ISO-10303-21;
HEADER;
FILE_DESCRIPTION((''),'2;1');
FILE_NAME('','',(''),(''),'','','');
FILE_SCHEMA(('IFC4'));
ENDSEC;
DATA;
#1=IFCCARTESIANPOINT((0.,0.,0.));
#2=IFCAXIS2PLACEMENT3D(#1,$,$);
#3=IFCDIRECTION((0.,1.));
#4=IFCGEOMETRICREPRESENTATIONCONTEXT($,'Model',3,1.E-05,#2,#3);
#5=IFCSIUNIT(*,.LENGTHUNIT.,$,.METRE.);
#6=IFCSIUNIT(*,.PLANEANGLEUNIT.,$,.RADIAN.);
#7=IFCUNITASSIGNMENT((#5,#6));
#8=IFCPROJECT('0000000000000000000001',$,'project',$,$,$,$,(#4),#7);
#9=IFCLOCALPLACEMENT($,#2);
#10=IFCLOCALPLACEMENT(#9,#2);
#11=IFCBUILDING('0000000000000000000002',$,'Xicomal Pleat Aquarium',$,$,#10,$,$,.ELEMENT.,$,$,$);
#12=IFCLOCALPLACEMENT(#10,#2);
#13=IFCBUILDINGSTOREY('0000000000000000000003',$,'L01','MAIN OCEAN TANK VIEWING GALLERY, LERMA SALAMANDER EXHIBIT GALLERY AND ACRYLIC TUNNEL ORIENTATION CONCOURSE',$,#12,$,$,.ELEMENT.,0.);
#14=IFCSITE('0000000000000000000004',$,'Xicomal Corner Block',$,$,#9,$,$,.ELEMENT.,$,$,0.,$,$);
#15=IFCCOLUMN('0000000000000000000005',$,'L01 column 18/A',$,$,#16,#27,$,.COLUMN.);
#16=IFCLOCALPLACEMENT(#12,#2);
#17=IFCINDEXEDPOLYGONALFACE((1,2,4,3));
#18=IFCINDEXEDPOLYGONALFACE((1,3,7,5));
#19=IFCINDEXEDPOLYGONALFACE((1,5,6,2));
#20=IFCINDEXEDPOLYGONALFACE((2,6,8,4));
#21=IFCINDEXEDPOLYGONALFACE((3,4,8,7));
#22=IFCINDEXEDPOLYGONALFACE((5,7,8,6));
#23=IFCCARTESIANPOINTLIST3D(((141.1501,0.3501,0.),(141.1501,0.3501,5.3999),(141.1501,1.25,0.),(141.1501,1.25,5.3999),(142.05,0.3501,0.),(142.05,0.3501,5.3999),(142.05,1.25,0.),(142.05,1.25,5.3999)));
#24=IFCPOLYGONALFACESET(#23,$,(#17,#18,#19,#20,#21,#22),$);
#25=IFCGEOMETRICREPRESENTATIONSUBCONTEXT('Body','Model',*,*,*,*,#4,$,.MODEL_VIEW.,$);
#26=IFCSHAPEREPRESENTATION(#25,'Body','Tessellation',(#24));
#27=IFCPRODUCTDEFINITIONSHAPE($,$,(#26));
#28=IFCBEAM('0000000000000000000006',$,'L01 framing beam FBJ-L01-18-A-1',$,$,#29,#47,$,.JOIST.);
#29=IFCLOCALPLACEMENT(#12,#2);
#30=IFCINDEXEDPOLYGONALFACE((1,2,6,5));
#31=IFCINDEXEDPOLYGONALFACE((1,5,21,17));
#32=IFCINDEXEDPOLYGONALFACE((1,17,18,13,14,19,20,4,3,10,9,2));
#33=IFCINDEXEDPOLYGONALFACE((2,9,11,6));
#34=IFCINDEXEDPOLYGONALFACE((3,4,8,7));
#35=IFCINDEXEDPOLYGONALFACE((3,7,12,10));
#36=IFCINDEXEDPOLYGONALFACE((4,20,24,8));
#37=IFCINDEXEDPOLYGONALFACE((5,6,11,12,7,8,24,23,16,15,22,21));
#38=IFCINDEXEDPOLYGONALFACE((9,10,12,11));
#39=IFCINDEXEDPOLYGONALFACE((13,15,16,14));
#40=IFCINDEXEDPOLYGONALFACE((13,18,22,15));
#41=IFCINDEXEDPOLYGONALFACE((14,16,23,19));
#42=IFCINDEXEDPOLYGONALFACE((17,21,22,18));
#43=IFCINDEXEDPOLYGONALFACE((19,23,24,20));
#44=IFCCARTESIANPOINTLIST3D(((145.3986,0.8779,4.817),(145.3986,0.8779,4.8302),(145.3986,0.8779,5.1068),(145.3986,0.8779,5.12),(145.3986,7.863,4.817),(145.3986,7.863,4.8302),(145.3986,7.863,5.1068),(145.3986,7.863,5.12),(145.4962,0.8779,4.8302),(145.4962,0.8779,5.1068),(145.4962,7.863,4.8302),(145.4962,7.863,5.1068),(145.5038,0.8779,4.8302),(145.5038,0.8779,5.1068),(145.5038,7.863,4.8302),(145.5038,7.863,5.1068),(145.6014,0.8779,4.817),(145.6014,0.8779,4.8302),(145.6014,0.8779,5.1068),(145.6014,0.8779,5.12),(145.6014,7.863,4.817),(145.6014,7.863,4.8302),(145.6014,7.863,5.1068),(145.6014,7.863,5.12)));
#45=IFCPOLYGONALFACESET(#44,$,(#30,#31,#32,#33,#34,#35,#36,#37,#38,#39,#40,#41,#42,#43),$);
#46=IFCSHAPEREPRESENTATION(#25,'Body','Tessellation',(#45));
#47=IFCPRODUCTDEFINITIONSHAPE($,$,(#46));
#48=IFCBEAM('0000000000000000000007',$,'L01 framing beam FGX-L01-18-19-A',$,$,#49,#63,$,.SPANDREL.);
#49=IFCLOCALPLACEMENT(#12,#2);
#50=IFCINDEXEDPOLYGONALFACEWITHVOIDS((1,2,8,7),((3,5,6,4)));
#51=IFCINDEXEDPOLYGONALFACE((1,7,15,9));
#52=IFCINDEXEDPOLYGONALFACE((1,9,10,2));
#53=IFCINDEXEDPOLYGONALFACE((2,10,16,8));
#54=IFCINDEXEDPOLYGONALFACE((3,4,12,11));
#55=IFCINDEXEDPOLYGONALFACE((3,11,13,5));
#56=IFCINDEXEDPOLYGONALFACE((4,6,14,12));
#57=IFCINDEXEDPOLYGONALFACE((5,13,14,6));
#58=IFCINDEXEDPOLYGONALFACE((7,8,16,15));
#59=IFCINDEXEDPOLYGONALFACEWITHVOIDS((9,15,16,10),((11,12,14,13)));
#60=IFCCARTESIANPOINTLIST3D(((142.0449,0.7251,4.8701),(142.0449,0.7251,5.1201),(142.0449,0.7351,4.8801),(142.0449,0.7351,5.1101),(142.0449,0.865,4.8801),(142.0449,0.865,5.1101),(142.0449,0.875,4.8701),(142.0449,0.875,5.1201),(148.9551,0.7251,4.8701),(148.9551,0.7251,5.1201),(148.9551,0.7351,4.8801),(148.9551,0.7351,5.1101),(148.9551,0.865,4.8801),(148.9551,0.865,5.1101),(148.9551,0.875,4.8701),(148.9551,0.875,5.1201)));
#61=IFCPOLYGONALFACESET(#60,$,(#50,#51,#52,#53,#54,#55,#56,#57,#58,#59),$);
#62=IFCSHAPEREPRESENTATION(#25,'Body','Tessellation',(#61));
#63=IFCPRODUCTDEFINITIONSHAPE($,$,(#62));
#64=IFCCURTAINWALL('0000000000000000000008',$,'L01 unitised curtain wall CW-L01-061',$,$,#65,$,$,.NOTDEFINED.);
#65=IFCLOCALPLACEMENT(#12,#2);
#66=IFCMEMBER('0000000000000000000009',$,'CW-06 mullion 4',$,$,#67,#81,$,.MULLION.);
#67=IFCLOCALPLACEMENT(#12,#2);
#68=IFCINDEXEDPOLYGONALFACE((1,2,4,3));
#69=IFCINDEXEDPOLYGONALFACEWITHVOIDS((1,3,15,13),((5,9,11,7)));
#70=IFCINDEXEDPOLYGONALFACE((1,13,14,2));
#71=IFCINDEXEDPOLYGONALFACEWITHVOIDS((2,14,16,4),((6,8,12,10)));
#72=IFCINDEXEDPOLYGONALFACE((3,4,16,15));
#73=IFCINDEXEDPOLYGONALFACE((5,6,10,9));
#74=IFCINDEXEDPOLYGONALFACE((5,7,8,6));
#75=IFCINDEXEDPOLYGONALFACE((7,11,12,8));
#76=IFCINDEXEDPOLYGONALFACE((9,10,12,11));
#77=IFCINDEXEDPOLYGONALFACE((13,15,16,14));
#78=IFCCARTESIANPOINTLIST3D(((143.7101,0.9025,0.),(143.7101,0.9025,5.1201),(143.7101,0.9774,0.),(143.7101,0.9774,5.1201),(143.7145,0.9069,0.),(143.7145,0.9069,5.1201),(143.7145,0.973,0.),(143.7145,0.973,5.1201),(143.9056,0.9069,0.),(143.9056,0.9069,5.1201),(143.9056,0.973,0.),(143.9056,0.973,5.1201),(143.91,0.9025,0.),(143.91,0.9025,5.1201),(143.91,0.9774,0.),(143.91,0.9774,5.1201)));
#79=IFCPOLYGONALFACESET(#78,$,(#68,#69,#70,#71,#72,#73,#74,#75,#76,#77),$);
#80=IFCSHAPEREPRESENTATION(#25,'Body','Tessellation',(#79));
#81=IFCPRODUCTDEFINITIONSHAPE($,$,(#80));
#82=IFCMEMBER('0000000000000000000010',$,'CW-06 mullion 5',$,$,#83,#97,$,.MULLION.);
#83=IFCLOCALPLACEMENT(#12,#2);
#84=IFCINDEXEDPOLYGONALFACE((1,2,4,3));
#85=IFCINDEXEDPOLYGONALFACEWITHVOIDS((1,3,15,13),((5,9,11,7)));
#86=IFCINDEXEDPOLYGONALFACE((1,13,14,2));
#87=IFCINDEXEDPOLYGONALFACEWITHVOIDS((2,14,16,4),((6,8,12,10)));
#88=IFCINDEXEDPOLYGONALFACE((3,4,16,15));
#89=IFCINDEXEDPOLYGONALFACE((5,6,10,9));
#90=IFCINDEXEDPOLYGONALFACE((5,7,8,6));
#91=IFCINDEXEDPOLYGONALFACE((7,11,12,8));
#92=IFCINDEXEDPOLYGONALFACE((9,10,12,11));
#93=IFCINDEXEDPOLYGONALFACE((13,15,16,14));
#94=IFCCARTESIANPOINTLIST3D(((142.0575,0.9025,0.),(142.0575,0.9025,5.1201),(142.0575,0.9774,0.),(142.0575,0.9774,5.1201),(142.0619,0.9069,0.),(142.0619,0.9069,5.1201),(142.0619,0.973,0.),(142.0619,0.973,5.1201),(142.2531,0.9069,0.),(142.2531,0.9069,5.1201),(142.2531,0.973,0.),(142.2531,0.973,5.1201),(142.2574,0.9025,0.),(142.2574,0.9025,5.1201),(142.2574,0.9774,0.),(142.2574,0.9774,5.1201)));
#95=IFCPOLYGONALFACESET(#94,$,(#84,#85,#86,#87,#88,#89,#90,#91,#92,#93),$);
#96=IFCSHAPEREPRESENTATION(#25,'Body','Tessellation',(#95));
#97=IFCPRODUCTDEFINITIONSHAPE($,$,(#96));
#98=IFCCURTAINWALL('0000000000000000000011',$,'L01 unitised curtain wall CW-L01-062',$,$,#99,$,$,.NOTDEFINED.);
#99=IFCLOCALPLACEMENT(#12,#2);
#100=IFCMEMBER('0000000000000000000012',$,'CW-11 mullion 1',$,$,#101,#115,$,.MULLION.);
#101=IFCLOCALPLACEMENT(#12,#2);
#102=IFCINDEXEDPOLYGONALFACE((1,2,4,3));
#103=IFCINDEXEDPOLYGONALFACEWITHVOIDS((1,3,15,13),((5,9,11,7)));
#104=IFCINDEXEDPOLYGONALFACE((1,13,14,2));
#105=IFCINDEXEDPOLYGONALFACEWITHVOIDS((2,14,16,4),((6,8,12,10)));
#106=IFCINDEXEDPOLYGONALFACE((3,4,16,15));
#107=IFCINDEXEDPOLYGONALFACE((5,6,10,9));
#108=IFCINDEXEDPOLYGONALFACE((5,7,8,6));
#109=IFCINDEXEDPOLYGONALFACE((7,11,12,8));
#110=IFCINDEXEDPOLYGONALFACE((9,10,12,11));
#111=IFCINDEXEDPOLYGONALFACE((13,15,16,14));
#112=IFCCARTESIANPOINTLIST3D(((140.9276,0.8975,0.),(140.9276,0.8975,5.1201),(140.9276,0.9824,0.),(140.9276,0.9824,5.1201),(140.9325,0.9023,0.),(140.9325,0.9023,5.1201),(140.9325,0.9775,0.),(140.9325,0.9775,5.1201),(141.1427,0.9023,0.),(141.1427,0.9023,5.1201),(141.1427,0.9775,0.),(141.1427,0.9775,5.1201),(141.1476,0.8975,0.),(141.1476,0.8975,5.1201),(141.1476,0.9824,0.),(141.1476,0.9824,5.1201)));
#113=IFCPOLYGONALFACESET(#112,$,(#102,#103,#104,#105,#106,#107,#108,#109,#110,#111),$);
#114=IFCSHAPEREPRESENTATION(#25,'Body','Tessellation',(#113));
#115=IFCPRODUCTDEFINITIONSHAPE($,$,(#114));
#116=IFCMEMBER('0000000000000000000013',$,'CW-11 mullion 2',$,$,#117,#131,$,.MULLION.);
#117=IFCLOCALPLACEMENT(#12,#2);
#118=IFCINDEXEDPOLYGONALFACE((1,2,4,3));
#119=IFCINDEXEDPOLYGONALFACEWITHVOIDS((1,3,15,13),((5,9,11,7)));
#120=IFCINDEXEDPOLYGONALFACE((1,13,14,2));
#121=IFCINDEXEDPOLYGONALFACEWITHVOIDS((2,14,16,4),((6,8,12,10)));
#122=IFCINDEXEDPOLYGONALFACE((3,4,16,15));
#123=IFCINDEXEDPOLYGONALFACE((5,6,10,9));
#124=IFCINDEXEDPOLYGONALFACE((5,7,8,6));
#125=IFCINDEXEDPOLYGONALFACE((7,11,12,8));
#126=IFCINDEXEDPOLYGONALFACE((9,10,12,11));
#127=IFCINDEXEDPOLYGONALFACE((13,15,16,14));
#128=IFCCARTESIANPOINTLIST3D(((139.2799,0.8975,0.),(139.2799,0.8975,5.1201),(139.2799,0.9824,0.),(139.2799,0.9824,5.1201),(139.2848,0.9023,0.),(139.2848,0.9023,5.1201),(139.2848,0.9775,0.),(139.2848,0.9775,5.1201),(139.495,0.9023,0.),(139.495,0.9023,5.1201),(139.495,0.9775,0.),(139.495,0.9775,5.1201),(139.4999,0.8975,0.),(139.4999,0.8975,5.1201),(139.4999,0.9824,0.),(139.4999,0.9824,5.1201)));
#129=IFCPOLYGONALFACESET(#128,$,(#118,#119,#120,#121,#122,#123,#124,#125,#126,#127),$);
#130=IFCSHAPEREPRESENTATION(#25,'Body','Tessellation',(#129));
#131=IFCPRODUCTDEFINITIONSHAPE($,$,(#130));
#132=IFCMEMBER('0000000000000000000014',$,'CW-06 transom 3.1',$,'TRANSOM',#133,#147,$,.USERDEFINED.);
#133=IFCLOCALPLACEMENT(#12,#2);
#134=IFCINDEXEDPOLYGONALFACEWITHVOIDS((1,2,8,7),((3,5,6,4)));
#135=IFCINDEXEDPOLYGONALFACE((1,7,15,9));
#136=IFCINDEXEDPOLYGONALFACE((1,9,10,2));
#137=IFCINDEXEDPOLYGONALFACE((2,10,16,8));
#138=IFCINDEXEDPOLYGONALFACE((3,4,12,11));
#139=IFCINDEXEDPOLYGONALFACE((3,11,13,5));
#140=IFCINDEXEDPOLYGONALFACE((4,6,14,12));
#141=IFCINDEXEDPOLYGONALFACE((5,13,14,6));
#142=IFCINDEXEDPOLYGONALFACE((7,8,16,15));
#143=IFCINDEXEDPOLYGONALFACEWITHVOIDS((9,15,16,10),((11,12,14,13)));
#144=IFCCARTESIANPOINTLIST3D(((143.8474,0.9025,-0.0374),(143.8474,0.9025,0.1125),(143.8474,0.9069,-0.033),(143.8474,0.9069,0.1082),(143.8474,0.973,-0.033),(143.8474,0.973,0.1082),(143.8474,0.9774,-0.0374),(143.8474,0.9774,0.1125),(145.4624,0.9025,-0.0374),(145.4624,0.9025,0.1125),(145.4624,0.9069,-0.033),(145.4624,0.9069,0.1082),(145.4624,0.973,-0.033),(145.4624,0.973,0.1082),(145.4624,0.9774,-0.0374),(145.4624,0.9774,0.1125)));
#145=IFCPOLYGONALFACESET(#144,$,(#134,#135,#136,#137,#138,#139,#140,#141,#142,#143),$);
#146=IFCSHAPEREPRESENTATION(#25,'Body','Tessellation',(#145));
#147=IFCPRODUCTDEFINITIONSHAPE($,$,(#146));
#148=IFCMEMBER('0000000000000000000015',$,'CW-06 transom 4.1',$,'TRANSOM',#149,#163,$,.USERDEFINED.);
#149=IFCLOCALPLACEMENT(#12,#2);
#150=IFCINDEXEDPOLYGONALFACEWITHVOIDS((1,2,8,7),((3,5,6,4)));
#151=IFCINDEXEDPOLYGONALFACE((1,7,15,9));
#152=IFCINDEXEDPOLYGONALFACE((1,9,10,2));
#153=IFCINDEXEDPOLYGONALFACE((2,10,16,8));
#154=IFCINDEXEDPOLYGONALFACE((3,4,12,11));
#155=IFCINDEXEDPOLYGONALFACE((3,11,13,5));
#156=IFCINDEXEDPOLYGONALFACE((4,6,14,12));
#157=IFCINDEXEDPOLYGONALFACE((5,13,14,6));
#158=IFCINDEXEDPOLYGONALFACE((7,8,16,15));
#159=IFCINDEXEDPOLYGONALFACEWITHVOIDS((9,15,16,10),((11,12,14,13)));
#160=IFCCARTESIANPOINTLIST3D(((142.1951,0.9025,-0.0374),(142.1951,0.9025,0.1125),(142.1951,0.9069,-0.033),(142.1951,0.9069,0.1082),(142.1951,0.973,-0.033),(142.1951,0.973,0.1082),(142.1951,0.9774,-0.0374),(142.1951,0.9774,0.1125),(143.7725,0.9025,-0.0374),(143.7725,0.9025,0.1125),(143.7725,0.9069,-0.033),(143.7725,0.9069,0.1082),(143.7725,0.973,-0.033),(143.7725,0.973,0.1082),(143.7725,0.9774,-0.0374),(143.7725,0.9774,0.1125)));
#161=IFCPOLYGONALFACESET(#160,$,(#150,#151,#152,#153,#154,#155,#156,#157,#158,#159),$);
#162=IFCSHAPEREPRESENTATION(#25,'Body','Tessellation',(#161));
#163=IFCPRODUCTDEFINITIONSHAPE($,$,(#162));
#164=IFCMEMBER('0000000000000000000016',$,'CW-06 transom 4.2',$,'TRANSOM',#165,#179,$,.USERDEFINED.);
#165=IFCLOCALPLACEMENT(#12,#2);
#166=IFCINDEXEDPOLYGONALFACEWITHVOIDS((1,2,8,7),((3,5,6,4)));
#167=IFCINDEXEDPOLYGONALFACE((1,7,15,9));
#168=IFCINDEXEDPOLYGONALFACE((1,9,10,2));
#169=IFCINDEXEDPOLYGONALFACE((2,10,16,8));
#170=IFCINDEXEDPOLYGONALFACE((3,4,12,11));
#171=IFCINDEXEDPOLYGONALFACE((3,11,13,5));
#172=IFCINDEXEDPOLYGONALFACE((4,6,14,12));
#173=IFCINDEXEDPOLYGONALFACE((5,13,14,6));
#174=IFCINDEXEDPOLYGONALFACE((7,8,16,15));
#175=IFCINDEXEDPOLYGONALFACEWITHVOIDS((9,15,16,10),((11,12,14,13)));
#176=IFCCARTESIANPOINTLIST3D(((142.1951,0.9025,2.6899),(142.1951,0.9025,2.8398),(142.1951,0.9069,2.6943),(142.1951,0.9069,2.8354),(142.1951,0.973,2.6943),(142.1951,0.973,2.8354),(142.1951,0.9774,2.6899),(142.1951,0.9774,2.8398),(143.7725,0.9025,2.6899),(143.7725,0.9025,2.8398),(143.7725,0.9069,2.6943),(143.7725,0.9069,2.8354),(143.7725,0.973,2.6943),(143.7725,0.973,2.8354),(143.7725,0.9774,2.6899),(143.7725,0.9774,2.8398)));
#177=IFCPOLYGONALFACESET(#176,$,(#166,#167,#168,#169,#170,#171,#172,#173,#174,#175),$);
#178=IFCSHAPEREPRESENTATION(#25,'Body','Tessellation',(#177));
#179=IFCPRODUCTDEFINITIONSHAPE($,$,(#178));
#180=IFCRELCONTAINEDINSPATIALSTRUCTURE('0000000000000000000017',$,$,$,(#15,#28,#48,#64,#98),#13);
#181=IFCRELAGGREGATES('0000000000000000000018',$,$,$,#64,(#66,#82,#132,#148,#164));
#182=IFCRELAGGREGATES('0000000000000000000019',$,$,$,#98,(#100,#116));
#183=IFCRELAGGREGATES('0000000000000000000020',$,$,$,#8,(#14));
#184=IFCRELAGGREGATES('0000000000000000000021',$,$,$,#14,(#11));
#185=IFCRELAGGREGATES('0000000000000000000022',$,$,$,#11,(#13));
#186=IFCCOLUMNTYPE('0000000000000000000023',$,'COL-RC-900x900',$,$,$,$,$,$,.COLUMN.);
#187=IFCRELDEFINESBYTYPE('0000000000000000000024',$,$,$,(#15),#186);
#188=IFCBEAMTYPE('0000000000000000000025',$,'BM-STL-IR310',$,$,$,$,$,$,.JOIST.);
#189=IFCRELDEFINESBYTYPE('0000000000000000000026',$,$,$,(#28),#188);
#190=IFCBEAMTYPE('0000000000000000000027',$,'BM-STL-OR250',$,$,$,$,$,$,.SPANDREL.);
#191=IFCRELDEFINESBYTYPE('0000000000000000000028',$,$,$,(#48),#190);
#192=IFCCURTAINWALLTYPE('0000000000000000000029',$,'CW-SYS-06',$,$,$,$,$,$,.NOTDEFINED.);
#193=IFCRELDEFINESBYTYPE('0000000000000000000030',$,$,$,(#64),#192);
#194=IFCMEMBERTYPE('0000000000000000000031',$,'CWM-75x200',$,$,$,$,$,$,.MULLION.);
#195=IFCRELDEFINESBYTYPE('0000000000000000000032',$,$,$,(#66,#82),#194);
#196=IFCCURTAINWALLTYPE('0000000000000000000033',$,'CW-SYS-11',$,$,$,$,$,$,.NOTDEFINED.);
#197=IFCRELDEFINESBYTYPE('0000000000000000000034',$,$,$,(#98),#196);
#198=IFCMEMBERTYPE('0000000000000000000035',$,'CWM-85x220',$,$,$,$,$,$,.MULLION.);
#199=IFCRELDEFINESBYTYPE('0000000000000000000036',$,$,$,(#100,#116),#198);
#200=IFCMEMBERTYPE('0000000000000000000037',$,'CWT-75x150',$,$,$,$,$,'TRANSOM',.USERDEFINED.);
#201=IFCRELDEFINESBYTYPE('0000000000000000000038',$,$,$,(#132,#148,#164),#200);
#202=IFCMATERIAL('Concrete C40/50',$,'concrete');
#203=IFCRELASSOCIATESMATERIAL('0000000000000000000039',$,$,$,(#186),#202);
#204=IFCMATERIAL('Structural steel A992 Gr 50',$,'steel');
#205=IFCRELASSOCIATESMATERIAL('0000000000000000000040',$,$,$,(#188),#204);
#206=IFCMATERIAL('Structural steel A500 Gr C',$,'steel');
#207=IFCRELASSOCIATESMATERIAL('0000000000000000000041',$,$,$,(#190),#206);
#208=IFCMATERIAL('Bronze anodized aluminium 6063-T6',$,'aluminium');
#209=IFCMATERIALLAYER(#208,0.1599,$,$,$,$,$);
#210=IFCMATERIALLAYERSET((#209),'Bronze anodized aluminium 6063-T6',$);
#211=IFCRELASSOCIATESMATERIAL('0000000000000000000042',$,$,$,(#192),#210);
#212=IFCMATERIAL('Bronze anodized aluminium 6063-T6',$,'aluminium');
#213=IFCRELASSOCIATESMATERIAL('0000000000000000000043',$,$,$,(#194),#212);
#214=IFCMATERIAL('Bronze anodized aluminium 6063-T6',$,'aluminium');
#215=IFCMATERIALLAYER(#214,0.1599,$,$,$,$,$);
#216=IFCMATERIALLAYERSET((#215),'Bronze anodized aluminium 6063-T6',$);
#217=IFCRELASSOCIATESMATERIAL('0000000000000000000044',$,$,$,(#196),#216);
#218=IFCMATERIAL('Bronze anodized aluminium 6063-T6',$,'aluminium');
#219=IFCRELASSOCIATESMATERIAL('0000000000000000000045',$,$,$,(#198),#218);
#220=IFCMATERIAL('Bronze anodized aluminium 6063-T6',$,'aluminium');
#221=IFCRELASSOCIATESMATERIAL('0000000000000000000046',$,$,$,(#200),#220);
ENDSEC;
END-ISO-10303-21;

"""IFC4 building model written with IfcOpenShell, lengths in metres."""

from ifc_helpers import new_model, si_unit, direction, frame, origin, origin_2d, place, context, subcontext, project, spatial, rectangle, hollow_rectangle, i_section, extrude, material, layer, layer_set, material_profile, profile_set, type_object, element, aggregate, save


model = new_model("IFC4")

# Units and contexts
model_context = context("Model", 3, precision=1e-05, world=origin(), true_north=direction((0.0, 1.0)))
body_context = subcontext(model_context, "Body", "Model", "MODEL_VIEW")
ifc_project = project(units=[si_unit("LENGTHUNIT", "METRE"), si_unit("PLANEANGLEUNIT", "RADIAN")], contexts=[model_context])

# Site, building, storey
site_placement = place(None, origin())
site = spatial("IfcSite", under=ifc_project, at=site_placement, Name="Xicomal Corner Block", CompositionType="ELEMENT", RefElevation=0.0)
building_placement = place(site_placement, origin())
building = spatial("IfcBuilding", under=site, at=building_placement, Name="Xicomal Pleat Aquarium", CompositionType="ELEMENT")
storey_placement = place(building_placement, origin())
storey = spatial("IfcBuildingStorey", under=building, at=storey_placement, Name="L01", Description="MAIN OCEAN TANK VIEWING GALLERY, LERMA SALAMANDER EXHIBIT GALLERY AND ACRYLIC TUNNEL ORIENTATION CONCOURSE", CompositionType="ELEMENT", Elevation=0.0)

# Column
ifc_material_1 = material(Name="Concrete C40/50", Category="concrete")
ifc_material_profile_1 = material_profile(ifc_material_1, rectangle(XDim=0.8999, YDim=0.8999, at=origin_2d()), Name="RC 900x900")
ifc_profile_set_1 = profile_set([ifc_material_profile_1], Name="Concrete C40/50")
column_type = type_object("IfcColumnType", Name="COL-RC-900x900", PredefinedType="COLUMN", material=ifc_profile_set_1)
column_placement = place(storey_placement, frame((141.6001, 0.8, 0.0), z_axis=(0.0, 0.0, 1.0), x_axis=(1.0, 0.0, 0.0)))
element("IfcColumn", 1, at=column_placement, inside=storey, type_object=column_type, Name="L01 column 18/A", PredefinedType="COLUMN", context=body_context, shape_type="SweptSolid", body=[
    extrude(rectangle(XDim=0.8999, YDim=0.8999, at=origin_2d()), origin(), (0.0, 0.0, 1.0), 5.3999),
])

# Beams
ifc_material_2 = material(Name="Structural steel A992 Gr 50", Category="steel")
ifc_material_profile_2 = material_profile(ifc_material_2, i_section(OverallWidth=0.2029, OverallDepth=0.303, WebThickness=0.0076, FlangeThickness=0.0132, at=origin_2d()), Name="IR 310x60")
ifc_profile_set_2 = profile_set([ifc_material_profile_2], Name="Structural steel A992 Gr 50")
beam_type_1 = type_object("IfcBeamType", Name="BM-STL-IR310", PredefinedType="JOIST", material=ifc_profile_set_2)
beam_1_placement = place(storey_placement, frame((145.5, 0.8779, 4.9685), z_axis=(0.0, 1.0, 0.0), x_axis=(-1.0, 0.0, 0.0)))
element("IfcBeam", 2, at=beam_1_placement, inside=storey, type_object=beam_type_1, Name="L01 framing beam FBJ-L01-18-A-1", PredefinedType="JOIST", context=body_context, shape_type="SweptSolid", body=[
    extrude(i_section(OverallWidth=0.2029, OverallDepth=0.303, WebThickness=0.0076, FlangeThickness=0.0132, at=origin_2d()), origin(), (0.0, 0.0, 1.0), 6.9851),
])
ifc_material_3 = material(Name="Structural steel A500 Gr C", Category="steel")
ifc_material_profile_3 = material_profile(ifc_material_3, hollow_rectangle(XDim=0.1499, YDim=0.25, WallThickness=0.01, at=origin_2d()), Name="OR 250x150x10")
ifc_profile_set_3 = profile_set([ifc_material_profile_3], Name="Structural steel A500 Gr C")
beam_type_2 = type_object("IfcBeamType", Name="BM-STL-OR250", PredefinedType="SPANDREL", material=ifc_profile_set_3)
beam_2_placement = place(storey_placement, frame((142.0449, 0.8, 4.9951), z_axis=(1.0, 0.0, 0.0), x_axis=(0.0, 1.0, 0.0)))
element("IfcBeam", 3, at=beam_2_placement, inside=storey, type_object=beam_type_2, Name="L01 framing beam FGX-L01-18-19-A", PredefinedType="SPANDREL", context=body_context, shape_type="SweptSolid", body=[
    extrude(hollow_rectangle(XDim=0.1499, YDim=0.25, WallThickness=0.01, at=origin_2d()), origin(), (0.0, 0.0, 1.0), 6.9102),
])

# Curtain walls, members
ifc_material_4 = material(Name="Bronze anodized aluminium 6063-T6", Category="aluminium")
ifc_layer_1 = layer(ifc_material_4, 0.1599)
ifc_layer_set_1 = layer_set([ifc_layer_1], Name="Bronze anodized aluminium 6063-T6")
curtain_wall_type_1 = type_object("IfcCurtainWallType", Name="CW-SYS-06", PredefinedType="NOTDEFINED", material=ifc_layer_set_1)
curtain_wall_1_placement = place(storey_placement, origin())
curtain_wall_1 = element("IfcCurtainWall", 4, at=curtain_wall_1_placement, inside=storey, type_object=curtain_wall_type_1, Name="L01 unitised curtain wall CW-L01-061", PredefinedType="NOTDEFINED")
ifc_material_5 = material(Name="Bronze anodized aluminium 6063-T6", Category="aluminium")
ifc_material_profile_4 = material_profile(ifc_material_5, hollow_rectangle(XDim=0.075, YDim=0.2, WallThickness=0.0044, at=origin_2d()), Name="ALU MULL 75x200")
ifc_profile_set_4 = profile_set([ifc_material_profile_4], Name="Bronze anodized aluminium 6063-T6")
member_type_1 = type_object("IfcMemberType", Name="CWM-75x200", PredefinedType="MULLION", material=ifc_profile_set_4)
member_1_placement = place(storey_placement, frame((143.8101, 0.9399, 0.0), z_axis=(0.0, 0.0, 1.0), x_axis=(0.0, -1.0, 0.0)))
member_1 = element("IfcMember", 5, at=member_1_placement, type_object=member_type_1, Name="CW-06 mullion 4", PredefinedType="MULLION", context=body_context, shape_type="SweptSolid", body=[
    extrude(hollow_rectangle(XDim=0.075, YDim=0.2, WallThickness=0.0044, at=origin_2d()), origin(), (0.0, 0.0, 1.0), 5.1201),
])
member_2_placement = place(storey_placement, frame((142.1575, 0.9399, 0.0), z_axis=(0.0, 0.0, 1.0), x_axis=(0.0, -1.0, 0.0)))
member_2 = element("IfcMember", 6, at=member_2_placement, type_object=member_type_1, Name="CW-06 mullion 5", PredefinedType="MULLION", context=body_context, shape_type="SweptSolid", body=[
    extrude(hollow_rectangle(XDim=0.075, YDim=0.2, WallThickness=0.0044, at=origin_2d()), origin(), (0.0, 0.0, 1.0), 5.1201),
])
ifc_material_6 = material(Name="Bronze anodized aluminium 6063-T6", Category="aluminium")
ifc_layer_2 = layer(ifc_material_6, 0.1599)
ifc_layer_set_2 = layer_set([ifc_layer_2], Name="Bronze anodized aluminium 6063-T6")
curtain_wall_type_2 = type_object("IfcCurtainWallType", Name="CW-SYS-11", PredefinedType="NOTDEFINED", material=ifc_layer_set_2)
curtain_wall_2_placement = place(storey_placement, origin())
curtain_wall_2 = element("IfcCurtainWall", 7, at=curtain_wall_2_placement, inside=storey, type_object=curtain_wall_type_2, Name="L01 unitised curtain wall CW-L01-062", PredefinedType="NOTDEFINED")
ifc_material_7 = material(Name="Bronze anodized aluminium 6063-T6", Category="aluminium")
ifc_material_profile_5 = material_profile(ifc_material_7, hollow_rectangle(XDim=0.085, YDim=0.22, WallThickness=0.0049, at=origin_2d()), Name="ALU MULL 85x220")
ifc_profile_set_5 = profile_set([ifc_material_profile_5], Name="Bronze anodized aluminium 6063-T6")
member_type_2 = type_object("IfcMemberType", Name="CWM-85x220", PredefinedType="MULLION", material=ifc_profile_set_5)
member_3_placement = place(storey_placement, frame((141.0376, 0.9399, 0.0), z_axis=(0.0, 0.0, 1.0), x_axis=(0.0, -1.0, 0.0)))
member_3 = element("IfcMember", 8, at=member_3_placement, type_object=member_type_2, Name="CW-11 mullion 1", PredefinedType="MULLION", context=body_context, shape_type="SweptSolid", body=[
    extrude(hollow_rectangle(XDim=0.085, YDim=0.22, WallThickness=0.0049, at=origin_2d()), origin(), (0.0, 0.0, 1.0), 5.1201),
])
member_4_placement = place(storey_placement, frame((139.3899, 0.9399, 0.0), z_axis=(0.0, 0.0, 1.0), x_axis=(0.0, -1.0, 0.0)))
member_4 = element("IfcMember", 9, at=member_4_placement, type_object=member_type_2, Name="CW-11 mullion 2", PredefinedType="MULLION", context=body_context, shape_type="SweptSolid", body=[
    extrude(hollow_rectangle(XDim=0.085, YDim=0.22, WallThickness=0.0049, at=origin_2d()), origin(), (0.0, 0.0, 1.0), 5.1201),
])

# Members
ifc_material_8 = material(Name="Bronze anodized aluminium 6063-T6", Category="aluminium")
ifc_material_profile_6 = material_profile(ifc_material_8, hollow_rectangle(XDim=0.075, YDim=0.1499, WallThickness=0.0044, at=origin_2d()), Name="ALU TRAN 75x150")
ifc_profile_set_6 = profile_set([ifc_material_profile_6], Name="Bronze anodized aluminium 6063-T6")
member_type_3 = type_object("IfcMemberType", Name="CWT-75x150", ElementType="TRANSOM", PredefinedType="USERDEFINED", material=ifc_profile_set_6)
member_5_placement = place(storey_placement, frame((145.4624, 0.9399, 0.0376), z_axis=(-1.0, 0.0, 0.0), x_axis=(0.0, -1.0, 0.0)))
member_5 = element("IfcMember", 10, at=member_5_placement, type_object=member_type_3, Name="CW-06 transom 3.1", ObjectType="TRANSOM", PredefinedType="USERDEFINED", context=body_context, shape_type="SweptSolid", body=[
    extrude(hollow_rectangle(XDim=0.075, YDim=0.1499, WallThickness=0.0044, at=origin_2d()), origin(), (0.0, 0.0, 1.0), 1.615),
])
member_6_placement = place(storey_placement, frame((143.7725, 0.9399, 0.0376), z_axis=(-1.0, 0.0, 0.0), x_axis=(0.0, -1.0, 0.0)))
member_6 = element("IfcMember", 11, at=member_6_placement, type_object=member_type_3, Name="CW-06 transom 4.1", ObjectType="TRANSOM", PredefinedType="USERDEFINED", context=body_context, shape_type="SweptSolid", body=[
    extrude(hollow_rectangle(XDim=0.075, YDim=0.1499, WallThickness=0.0044, at=origin_2d()), origin(), (0.0, 0.0, 1.0), 1.5774),
])
member_7_placement = place(storey_placement, frame((143.7725, 0.9399, 2.7649), z_axis=(-1.0, 0.0, 0.0), x_axis=(0.0, -1.0, 0.0)))
member_7 = element("IfcMember", 12, at=member_7_placement, type_object=member_type_3, Name="CW-06 transom 4.2", ObjectType="TRANSOM", PredefinedType="USERDEFINED", context=body_context, shape_type="SweptSolid", body=[
    extrude(hollow_rectangle(XDim=0.075, YDim=0.1499, WallThickness=0.0044, at=origin_2d()), origin(), (0.0, 0.0, 1.0), 1.5774),
])

aggregate(curtain_wall_1, [member_1, member_2, member_5, member_6, member_7])
aggregate(curtain_wall_2, [member_3, member_4])

save(model, "model.ifc")
